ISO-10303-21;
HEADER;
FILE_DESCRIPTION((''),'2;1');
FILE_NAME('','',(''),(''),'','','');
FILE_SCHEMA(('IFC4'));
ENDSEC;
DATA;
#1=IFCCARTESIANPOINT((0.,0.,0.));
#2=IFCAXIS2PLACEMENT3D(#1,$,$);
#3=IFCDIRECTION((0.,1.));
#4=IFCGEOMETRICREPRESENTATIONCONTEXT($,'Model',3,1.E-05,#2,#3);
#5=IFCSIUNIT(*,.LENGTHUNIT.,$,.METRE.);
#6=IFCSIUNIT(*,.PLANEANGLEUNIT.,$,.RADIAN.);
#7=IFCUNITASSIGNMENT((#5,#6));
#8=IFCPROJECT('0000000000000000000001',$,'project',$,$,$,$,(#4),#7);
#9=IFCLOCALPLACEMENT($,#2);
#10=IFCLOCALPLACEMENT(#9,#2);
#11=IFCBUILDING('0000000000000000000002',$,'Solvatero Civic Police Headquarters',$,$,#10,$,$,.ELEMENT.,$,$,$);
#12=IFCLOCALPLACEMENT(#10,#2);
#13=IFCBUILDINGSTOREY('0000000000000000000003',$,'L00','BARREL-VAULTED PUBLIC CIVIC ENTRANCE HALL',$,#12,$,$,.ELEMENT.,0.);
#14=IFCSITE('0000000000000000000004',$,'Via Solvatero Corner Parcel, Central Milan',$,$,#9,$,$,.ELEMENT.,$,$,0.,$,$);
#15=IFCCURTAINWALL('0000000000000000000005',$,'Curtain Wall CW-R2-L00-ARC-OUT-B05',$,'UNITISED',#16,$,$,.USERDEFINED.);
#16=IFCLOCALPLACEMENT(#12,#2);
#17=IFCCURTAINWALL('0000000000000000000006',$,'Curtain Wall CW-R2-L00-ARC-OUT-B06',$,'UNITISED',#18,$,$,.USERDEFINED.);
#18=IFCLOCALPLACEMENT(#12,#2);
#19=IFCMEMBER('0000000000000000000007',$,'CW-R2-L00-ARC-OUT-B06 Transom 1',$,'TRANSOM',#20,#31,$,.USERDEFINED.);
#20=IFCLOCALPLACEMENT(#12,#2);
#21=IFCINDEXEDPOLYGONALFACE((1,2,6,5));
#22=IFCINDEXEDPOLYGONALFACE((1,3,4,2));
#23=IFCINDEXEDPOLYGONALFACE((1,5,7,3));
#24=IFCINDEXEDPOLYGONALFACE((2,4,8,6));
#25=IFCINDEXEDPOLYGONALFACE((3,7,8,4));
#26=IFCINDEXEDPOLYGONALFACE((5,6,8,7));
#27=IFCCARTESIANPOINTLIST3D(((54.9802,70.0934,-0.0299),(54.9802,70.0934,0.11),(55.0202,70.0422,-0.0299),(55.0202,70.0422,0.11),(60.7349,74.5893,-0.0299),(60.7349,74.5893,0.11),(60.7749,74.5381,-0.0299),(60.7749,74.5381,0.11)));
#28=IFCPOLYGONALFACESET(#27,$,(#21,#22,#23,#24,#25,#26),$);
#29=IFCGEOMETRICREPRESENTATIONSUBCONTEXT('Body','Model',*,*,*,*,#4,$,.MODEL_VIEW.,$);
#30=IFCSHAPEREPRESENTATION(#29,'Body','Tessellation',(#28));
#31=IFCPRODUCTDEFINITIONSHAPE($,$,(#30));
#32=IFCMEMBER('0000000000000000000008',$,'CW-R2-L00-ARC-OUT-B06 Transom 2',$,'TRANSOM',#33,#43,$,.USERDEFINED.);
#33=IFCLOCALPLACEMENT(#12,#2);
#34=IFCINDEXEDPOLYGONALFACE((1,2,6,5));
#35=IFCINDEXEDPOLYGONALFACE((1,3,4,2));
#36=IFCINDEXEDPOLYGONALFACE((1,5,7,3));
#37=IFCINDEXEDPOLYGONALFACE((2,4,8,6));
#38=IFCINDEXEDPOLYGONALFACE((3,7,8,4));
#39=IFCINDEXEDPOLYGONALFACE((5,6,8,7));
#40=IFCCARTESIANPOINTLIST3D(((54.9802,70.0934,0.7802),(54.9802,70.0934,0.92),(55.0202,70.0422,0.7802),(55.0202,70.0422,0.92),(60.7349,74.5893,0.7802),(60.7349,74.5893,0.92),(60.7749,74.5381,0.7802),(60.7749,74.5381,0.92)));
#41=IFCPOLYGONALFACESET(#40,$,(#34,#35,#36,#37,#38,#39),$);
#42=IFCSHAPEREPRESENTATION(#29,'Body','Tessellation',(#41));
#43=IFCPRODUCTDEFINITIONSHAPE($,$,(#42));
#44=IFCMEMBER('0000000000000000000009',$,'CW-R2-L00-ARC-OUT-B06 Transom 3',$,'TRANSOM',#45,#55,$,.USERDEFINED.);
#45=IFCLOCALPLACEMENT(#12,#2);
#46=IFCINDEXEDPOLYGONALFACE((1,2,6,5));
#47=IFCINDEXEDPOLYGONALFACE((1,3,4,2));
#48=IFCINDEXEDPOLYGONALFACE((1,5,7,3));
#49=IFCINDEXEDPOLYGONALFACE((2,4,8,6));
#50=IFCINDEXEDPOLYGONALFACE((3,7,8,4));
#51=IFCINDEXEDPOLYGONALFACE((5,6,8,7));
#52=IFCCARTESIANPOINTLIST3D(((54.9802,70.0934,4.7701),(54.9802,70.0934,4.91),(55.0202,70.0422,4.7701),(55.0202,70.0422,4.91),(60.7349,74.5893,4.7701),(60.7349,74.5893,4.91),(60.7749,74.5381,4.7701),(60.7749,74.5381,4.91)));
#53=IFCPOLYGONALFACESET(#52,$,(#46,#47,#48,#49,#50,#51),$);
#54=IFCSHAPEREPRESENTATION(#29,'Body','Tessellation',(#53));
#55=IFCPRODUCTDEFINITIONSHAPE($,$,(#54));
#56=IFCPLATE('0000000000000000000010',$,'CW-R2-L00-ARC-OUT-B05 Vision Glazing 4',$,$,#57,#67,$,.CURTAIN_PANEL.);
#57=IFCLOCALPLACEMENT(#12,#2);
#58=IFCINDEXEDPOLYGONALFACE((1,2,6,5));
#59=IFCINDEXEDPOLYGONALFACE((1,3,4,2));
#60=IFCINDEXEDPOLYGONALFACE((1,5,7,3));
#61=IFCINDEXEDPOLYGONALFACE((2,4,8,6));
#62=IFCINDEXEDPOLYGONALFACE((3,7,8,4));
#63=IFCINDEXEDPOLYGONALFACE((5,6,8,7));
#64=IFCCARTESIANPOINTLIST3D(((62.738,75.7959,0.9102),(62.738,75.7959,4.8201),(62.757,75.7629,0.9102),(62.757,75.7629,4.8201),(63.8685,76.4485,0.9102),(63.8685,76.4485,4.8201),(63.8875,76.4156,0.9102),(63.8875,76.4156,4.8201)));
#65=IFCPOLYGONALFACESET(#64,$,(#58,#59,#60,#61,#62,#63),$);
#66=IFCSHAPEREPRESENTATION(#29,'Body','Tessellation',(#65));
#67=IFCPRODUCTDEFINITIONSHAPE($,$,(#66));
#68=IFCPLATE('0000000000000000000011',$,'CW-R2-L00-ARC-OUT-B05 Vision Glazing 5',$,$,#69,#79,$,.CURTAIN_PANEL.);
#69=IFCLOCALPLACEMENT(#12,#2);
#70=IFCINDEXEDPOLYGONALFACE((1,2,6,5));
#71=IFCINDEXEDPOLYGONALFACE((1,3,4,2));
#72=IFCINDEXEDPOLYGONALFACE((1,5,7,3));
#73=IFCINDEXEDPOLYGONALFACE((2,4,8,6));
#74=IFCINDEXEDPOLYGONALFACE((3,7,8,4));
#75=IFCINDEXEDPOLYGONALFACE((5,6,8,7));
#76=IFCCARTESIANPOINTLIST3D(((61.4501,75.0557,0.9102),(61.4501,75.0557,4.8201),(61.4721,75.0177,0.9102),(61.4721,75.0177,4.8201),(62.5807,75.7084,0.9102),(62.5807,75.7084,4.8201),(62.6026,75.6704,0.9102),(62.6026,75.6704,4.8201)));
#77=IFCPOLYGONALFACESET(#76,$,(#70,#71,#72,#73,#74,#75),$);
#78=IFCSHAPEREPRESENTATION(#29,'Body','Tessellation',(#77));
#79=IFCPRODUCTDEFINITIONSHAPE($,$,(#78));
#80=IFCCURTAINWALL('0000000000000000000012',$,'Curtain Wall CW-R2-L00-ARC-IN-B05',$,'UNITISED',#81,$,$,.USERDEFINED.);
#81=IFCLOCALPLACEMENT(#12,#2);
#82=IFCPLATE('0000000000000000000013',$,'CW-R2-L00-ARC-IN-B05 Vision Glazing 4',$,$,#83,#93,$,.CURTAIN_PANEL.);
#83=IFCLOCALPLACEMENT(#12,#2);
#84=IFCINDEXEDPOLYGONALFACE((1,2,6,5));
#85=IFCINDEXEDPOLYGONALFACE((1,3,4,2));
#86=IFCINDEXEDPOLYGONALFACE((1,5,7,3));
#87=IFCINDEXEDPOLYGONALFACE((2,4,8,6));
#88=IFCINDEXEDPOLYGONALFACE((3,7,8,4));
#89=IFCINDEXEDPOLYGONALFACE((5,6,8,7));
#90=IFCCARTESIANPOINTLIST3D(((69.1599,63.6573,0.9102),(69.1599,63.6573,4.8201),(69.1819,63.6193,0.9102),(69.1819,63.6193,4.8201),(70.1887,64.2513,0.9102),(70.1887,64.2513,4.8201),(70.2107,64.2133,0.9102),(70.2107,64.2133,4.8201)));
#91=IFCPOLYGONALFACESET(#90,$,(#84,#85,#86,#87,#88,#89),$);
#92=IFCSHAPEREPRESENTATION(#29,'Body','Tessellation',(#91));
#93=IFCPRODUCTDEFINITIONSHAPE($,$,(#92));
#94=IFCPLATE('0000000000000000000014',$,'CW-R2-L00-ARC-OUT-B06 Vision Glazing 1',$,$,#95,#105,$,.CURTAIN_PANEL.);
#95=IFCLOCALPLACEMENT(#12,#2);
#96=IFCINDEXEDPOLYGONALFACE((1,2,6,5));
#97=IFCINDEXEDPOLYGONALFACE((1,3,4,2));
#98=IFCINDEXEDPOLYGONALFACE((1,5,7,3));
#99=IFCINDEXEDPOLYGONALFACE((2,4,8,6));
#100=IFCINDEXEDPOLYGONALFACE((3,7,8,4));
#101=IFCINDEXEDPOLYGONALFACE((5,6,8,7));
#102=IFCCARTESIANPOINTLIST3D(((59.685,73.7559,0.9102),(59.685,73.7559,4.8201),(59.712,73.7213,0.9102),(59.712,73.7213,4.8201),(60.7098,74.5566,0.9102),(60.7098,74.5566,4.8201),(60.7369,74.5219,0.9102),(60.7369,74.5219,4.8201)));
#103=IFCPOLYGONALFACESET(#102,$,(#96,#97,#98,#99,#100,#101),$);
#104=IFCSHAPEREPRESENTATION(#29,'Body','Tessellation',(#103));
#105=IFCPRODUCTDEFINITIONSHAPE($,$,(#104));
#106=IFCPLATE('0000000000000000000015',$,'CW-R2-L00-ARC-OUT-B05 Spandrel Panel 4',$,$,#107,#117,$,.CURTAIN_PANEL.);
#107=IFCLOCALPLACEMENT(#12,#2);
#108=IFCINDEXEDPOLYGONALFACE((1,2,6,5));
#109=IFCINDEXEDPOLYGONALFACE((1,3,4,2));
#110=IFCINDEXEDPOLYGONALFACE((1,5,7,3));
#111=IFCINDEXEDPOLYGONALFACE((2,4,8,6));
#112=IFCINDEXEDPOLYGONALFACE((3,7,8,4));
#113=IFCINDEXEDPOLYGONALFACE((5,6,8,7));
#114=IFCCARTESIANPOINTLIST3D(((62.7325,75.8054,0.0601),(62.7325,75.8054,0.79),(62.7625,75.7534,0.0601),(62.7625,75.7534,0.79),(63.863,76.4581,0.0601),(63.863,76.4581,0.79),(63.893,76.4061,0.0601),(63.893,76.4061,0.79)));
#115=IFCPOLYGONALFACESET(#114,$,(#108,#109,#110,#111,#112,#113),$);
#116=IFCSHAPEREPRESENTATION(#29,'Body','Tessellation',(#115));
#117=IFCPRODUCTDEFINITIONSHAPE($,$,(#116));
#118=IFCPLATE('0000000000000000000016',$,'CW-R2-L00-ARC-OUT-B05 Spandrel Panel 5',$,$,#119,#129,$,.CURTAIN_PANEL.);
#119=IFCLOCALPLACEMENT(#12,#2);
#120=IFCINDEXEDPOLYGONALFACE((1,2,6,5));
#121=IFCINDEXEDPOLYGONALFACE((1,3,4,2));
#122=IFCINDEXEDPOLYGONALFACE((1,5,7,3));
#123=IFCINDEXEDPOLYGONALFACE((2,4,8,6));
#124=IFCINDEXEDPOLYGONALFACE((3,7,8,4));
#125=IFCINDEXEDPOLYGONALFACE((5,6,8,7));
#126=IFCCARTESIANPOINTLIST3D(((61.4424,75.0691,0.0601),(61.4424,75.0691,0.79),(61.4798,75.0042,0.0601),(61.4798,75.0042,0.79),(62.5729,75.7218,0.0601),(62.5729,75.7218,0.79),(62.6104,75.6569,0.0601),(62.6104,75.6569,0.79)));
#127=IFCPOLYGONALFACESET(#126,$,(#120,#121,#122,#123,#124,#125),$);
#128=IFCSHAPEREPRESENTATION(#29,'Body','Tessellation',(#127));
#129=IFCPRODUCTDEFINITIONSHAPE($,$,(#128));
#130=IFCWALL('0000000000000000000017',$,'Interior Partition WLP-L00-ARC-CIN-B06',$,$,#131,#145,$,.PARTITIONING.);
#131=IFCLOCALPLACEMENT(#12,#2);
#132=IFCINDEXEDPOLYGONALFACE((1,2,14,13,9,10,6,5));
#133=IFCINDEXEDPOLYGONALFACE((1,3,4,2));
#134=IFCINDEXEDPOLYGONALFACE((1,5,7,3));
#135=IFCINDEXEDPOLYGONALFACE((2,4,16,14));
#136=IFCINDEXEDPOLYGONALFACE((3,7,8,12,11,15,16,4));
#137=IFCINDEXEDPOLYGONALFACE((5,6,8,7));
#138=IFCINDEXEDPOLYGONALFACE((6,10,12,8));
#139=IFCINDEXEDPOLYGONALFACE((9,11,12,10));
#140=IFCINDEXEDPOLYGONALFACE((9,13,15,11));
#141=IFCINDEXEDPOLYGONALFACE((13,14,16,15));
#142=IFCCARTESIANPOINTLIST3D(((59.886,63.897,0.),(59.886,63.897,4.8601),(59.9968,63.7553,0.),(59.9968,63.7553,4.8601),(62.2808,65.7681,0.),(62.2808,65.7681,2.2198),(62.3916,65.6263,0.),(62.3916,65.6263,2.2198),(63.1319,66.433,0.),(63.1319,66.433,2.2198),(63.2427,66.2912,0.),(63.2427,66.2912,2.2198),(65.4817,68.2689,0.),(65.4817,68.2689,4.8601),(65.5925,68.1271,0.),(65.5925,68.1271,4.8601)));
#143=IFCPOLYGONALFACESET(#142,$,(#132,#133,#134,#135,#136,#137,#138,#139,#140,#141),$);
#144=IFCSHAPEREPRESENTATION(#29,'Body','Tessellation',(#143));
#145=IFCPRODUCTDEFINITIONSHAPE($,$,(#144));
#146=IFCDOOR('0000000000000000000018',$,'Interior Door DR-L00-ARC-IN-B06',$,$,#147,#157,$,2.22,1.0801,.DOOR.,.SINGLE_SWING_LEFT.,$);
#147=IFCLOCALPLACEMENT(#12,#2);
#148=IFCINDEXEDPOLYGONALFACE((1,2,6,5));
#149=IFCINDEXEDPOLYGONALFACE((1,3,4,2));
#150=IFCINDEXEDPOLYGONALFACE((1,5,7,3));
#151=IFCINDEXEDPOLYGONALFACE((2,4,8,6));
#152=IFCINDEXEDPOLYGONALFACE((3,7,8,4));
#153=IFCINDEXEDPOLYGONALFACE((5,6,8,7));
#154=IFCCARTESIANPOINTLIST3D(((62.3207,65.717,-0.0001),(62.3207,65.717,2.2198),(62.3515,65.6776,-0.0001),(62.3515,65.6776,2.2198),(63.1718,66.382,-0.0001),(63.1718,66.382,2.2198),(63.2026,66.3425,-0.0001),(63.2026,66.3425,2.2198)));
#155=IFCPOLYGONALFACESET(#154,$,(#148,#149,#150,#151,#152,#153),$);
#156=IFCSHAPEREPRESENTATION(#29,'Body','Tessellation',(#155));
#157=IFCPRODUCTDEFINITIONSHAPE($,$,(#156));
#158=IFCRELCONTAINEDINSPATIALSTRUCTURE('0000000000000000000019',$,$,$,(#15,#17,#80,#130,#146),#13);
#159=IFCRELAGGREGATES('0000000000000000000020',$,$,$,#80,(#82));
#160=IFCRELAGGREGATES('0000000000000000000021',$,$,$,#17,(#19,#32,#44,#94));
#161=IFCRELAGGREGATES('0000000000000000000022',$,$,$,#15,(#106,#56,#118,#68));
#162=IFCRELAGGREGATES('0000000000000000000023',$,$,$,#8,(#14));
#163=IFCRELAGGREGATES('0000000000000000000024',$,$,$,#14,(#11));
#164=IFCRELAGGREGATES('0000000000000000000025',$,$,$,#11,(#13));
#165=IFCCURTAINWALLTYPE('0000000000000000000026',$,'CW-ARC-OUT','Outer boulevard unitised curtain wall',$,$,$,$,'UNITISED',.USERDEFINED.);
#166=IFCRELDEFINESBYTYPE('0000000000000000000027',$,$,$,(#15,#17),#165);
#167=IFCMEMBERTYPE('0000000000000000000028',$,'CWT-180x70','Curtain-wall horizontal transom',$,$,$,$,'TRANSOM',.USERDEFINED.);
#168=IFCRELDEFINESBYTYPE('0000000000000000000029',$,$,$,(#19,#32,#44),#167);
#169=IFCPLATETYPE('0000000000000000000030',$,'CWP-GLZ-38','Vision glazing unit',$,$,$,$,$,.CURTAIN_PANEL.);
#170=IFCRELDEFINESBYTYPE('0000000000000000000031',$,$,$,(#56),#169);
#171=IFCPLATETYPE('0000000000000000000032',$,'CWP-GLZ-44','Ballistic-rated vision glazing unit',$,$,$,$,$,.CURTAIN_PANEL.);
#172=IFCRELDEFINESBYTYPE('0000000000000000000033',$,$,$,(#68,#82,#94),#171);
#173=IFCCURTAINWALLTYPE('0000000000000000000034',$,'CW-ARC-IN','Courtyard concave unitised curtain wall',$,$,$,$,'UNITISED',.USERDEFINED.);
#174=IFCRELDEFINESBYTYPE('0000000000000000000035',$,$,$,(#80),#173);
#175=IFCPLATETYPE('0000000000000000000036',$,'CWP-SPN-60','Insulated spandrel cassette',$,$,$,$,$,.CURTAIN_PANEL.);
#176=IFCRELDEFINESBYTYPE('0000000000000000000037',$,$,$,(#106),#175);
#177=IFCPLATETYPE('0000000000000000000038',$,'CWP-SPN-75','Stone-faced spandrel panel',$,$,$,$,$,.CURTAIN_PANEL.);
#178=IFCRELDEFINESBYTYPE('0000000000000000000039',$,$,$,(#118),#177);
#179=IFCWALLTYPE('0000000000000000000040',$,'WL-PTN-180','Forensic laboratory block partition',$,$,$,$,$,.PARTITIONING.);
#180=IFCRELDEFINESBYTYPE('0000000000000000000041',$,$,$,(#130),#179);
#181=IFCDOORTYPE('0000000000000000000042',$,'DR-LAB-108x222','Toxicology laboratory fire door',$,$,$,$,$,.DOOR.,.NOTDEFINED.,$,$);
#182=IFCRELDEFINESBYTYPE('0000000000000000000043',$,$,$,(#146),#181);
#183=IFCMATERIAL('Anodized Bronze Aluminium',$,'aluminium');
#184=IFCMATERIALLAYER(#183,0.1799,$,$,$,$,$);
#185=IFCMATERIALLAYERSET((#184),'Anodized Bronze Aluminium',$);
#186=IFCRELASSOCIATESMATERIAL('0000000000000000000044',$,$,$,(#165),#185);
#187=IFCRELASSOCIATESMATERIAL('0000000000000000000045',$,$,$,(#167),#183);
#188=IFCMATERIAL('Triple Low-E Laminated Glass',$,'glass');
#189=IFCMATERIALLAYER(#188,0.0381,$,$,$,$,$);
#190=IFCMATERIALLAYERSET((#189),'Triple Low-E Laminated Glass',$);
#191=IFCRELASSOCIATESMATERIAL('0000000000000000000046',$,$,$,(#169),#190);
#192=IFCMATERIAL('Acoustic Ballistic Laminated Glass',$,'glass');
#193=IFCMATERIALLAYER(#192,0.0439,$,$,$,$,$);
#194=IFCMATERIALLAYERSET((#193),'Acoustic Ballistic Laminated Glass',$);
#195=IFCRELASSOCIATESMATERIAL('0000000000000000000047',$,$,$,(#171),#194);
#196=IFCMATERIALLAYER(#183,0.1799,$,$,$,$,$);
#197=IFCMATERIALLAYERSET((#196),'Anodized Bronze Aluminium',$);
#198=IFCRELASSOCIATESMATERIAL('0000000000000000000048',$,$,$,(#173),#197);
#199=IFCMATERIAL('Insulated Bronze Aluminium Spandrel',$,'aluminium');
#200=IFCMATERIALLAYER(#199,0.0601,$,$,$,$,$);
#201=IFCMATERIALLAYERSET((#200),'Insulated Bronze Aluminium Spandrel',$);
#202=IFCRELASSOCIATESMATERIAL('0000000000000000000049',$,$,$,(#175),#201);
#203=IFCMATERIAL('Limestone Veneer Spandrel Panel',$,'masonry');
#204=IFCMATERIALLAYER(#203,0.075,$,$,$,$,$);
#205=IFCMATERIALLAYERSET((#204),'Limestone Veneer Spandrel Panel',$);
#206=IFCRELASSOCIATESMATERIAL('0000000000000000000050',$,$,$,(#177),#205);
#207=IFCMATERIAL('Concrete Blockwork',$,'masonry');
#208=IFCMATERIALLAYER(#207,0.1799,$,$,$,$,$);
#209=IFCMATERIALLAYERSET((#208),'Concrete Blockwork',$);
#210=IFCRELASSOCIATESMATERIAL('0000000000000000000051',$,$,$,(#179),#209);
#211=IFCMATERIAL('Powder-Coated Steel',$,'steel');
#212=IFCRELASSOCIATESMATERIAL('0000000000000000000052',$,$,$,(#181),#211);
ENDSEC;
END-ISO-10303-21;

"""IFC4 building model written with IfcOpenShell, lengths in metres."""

from ifc_helpers import new_model, si_unit, direction, frame, frame_2d, origin, origin_2d, place, context, subcontext, project, spatial, rectangle, extrude, material, layer, layer_set, material_profile, profile_set, type_object, element, fill, aggregate, save


model = new_model("IFC4")

# Units and contexts
model_context = context("Model", 3, precision=1e-05, world=origin(), true_north=direction((0.0, 1.0)))
body_context = subcontext(model_context, "Body", "Model", "MODEL_VIEW")
ifc_project = project(units=[si_unit("LENGTHUNIT", "METRE"), si_unit("PLANEANGLEUNIT", "RADIAN")], contexts=[model_context])

# Site, building, storey
site_placement = place(None, origin())
site = spatial("IfcSite", under=ifc_project, at=site_placement, Name="Via Solvatero Corner Parcel, Central Milan", CompositionType="ELEMENT", RefElevation=0.0)
building_placement = place(site_placement, origin())
building = spatial("IfcBuilding", under=site, at=building_placement, Name="Solvatero Civic Police Headquarters", CompositionType="ELEMENT")
storey_placement = place(building_placement, origin())
storey = spatial("IfcBuildingStorey", under=building, at=storey_placement, Name="L00", Description="BARREL-VAULTED PUBLIC CIVIC ENTRANCE HALL", CompositionType="ELEMENT", Elevation=0.0)

# Curtain walls, members
ifc_material_1 = material(Name="Anodized Bronze Aluminium", Category="aluminium")
ifc_layer_1 = layer(ifc_material_1, 0.1799)
ifc_layer_set_1 = layer_set([ifc_layer_1], Name="Anodized Bronze Aluminium")
curtain_wall_type_1 = type_object("IfcCurtainWallType", Name="CW-ARC-OUT", Description="Outer boulevard unitised curtain wall", ElementType="UNITISED", PredefinedType="USERDEFINED", material=ifc_layer_set_1)
curtain_wall_1_placement = place(storey_placement, origin())
curtain_wall_1 = element("IfcCurtainWall", 1, at=curtain_wall_1_placement, inside=storey, type_object=curtain_wall_type_1, Name="Curtain Wall CW-R2-L00-ARC-OUT-B05", ObjectType="UNITISED", PredefinedType="USERDEFINED")
curtain_wall_2_placement = place(storey_placement, origin())
curtain_wall_2 = element("IfcCurtainWall", 2, at=curtain_wall_2_placement, inside=storey, type_object=curtain_wall_type_1, Name="Curtain Wall CW-R2-L00-ARC-OUT-B06", ObjectType="UNITISED", PredefinedType="USERDEFINED")
ifc_material_profile_1 = material_profile(ifc_material_1, rectangle(XDim=0.0649, YDim=0.1399, at=origin_2d()), Name="ALU TRANSOM 65x140")
ifc_profile_set_1 = profile_set([ifc_material_profile_1], Name="Anodized Bronze Aluminium")
member_type_1 = type_object("IfcMemberType", Name="CWT-180x70", Description="Curtain-wall horizontal transom", ElementType="TRANSOM", PredefinedType="USERDEFINED", material=ifc_profile_set_1)
member_1_placement = place(storey_placement, frame((60.7549, 74.5637, 0.04), z_axis=(-0.788022, -0.615647, 0.0), x_axis=(0.615647, -0.788022, 0.0)))
member_1 = element("IfcMember", 3, at=member_1_placement, type_object=member_type_1, Name="CW-R2-L00-ARC-OUT-B06 Transom 1", ObjectType="TRANSOM", PredefinedType="USERDEFINED", context=body_context, shape_type="SweptSolid", body=[
    extrude(rectangle(XDim=0.0649, YDim=0.1399, at=origin_2d()), origin(), (0.0, 0.0, 1.0), 7.3027),
])
member_2_placement = place(storey_placement, frame((60.7549, 74.5637, 0.8501), z_axis=(-0.788022, -0.615647, 0.0), x_axis=(0.615647, -0.788022, 0.0)))
member_2 = element("IfcMember", 4, at=member_2_placement, type_object=member_type_1, Name="CW-R2-L00-ARC-OUT-B06 Transom 2", ObjectType="TRANSOM", PredefinedType="USERDEFINED", context=body_context, shape_type="SweptSolid", body=[
    extrude(rectangle(XDim=0.0649, YDim=0.1399, at=origin_2d()), origin(), (0.0, 0.0, 1.0), 7.3027),
])
member_3_placement = place(storey_placement, frame((60.7549, 74.5637, 4.8401), z_axis=(-0.788022, -0.615647, 0.0), x_axis=(0.615647, -0.788022, 0.0)))
member_3 = element("IfcMember", 5, at=member_3_placement, type_object=member_type_1, Name="CW-R2-L00-ARC-OUT-B06 Transom 3", ObjectType="TRANSOM", PredefinedType="USERDEFINED", context=body_context, shape_type="SweptSolid", body=[
    extrude(rectangle(XDim=0.0649, YDim=0.1399, at=origin_2d()), origin(), (0.0, 0.0, 1.0), 7.3027),
])

# Plates
ifc_material_2 = material(Name="Triple Low-E Laminated Glass", Category="glass")
ifc_layer_2 = layer(ifc_material_2, 0.0381)
ifc_layer_set_2 = layer_set([ifc_layer_2], Name="Triple Low-E Laminated Glass")
plate_type_1 = type_object("IfcPlateType", Name="CWP-GLZ-38", Description="Vision glazing unit", PredefinedType="CURTAIN_PANEL", material=ifc_layer_set_2)
plate_1_placement = place(storey_placement, frame((63.3127, 76.1057, 0.9102), z_axis=(0.0, 0.0, 1.0), x_axis=(-0.866034, -0.499985, 0.0)))
plate_1 = element("IfcPlate", 6, at=plate_1_placement, type_object=plate_type_1, Name="CW-R2-L00-ARC-OUT-B05 Vision Glazing 4", PredefinedType="CURTAIN_PANEL", context=body_context, shape_type="SweptSolid", body=[
    extrude(rectangle(XDim=1.3054, YDim=0.0381, at=origin_2d()), origin(), (0.0, 0.0, 1.0), 3.9099),
])
ifc_material_3 = material(Name="Acoustic Ballistic Laminated Glass", Category="glass")
ifc_layer_3 = layer(ifc_material_3, 0.0439)
ifc_layer_set_3 = layer_set([ifc_layer_3], Name="Acoustic Ballistic Laminated Glass")
plate_type_2 = type_object("IfcPlateType", Name="CWP-GLZ-44", Description="Ballistic-rated vision glazing unit", PredefinedType="CURTAIN_PANEL", material=ifc_layer_set_3)
plate_2_placement = place(storey_placement, frame((62.0264, 75.363, 0.9102), z_axis=(0.0, 0.0, 1.0), x_axis=(-0.866034, -0.499985, 0.0)))
plate_2 = element("IfcPlate", 7, at=plate_2_placement, type_object=plate_type_2, Name="CW-R2-L00-ARC-OUT-B05 Vision Glazing 5", PredefinedType="CURTAIN_PANEL", context=body_context, shape_type="SweptSolid", body=[
    extrude(rectangle(XDim=1.3054, YDim=0.0439, at=origin_2d()), origin(), (0.0, 0.0, 1.0), 3.9099),
])

# Curtain wall, plate
ifc_layer_4 = layer(ifc_material_1, 0.1799)
ifc_layer_set_4 = layer_set([ifc_layer_4], Name="Anodized Bronze Aluminium")
curtain_wall_type_2 = type_object("IfcCurtainWallType", Name="CW-ARC-IN", Description="Courtyard concave unitised curtain wall", ElementType="UNITISED", PredefinedType="USERDEFINED", material=ifc_layer_set_4)
curtain_wall_3_placement = place(storey_placement, origin())
curtain_wall_3 = element("IfcCurtainWall", 8, at=curtain_wall_3_placement, inside=storey, type_object=curtain_wall_type_2, Name="Curtain Wall CW-R2-L00-ARC-IN-B05", ObjectType="UNITISED", PredefinedType="USERDEFINED")
plate_3_placement = place(storey_placement, frame((69.6853, 63.9353, 0.9102), z_axis=(0.0, 0.0, 1.0), x_axis=(-0.866025, -0.5, 0.0)))
plate_3 = element("IfcPlate", 9, at=plate_3_placement, type_object=plate_type_2, Name="CW-R2-L00-ARC-IN-B05 Vision Glazing 4", PredefinedType="CURTAIN_PANEL", context=body_context, shape_type="SweptSolid", body=[
    extrude(rectangle(XDim=1.188, YDim=0.0439, at=origin_2d()), origin(), (0.0, 0.0, 1.0), 3.9099),
])
aggregate(curtain_wall_3, [plate_3])

# Plates
plate_4_placement = place(storey_placement, frame((60.2109, 74.1389, 0.9102), z_axis=(0.0, 0.0, 1.0), x_axis=(-0.788011, -0.615661, 0.0)))
plate_4 = element("IfcPlate", 10, at=plate_4_placement, type_object=plate_type_2, Name="CW-R2-L00-ARC-OUT-B06 Vision Glazing 1", PredefinedType="CURTAIN_PANEL", context=body_context, shape_type="SweptSolid", body=[
    extrude(rectangle(XDim=1.3005, YDim=0.0439, at=origin_2d()), origin(), (0.0, 0.0, 1.0), 3.9099),
])
aggregate(curtain_wall_2, [member_1, member_2, member_3, plate_4])
ifc_material_4 = material(Name="Insulated Bronze Aluminium Spandrel", Category="aluminium")
ifc_layer_5 = layer(ifc_material_4, 0.0601)
ifc_layer_set_5 = layer_set([ifc_layer_5], Name="Insulated Bronze Aluminium Spandrel")
plate_type_3 = type_object("IfcPlateType", Name="CWP-SPN-60", Description="Insulated spandrel cassette", PredefinedType="CURTAIN_PANEL", material=ifc_layer_set_5)
plate_5_placement = place(storey_placement, frame((63.3127, 76.1057, 0.0601), z_axis=(0.0, 0.0, 1.0), x_axis=(-0.866034, -0.499985, 0.0)))
plate_5 = element("IfcPlate", 11, at=plate_5_placement, type_object=plate_type_3, Name="CW-R2-L00-ARC-OUT-B05 Spandrel Panel 4", PredefinedType="CURTAIN_PANEL", context=body_context, shape_type="SweptSolid", body=[
    extrude(rectangle(XDim=1.3054, YDim=0.0601, at=origin_2d()), origin(), (0.0, 0.0, 1.0), 0.73),
])
ifc_material_5 = material(Name="Limestone Veneer Spandrel Panel", Category="masonry")
ifc_layer_6 = layer(ifc_material_5, 0.075)
ifc_layer_set_6 = layer_set([ifc_layer_6], Name="Limestone Veneer Spandrel Panel")
plate_type_4 = type_object("IfcPlateType", Name="CWP-SPN-75", Description="Stone-faced spandrel panel", PredefinedType="CURTAIN_PANEL", material=ifc_layer_set_6)
plate_6_placement = place(storey_placement, frame((62.0264, 75.363, 0.0601), z_axis=(0.0, 0.0, 1.0), x_axis=(-0.866034, -0.499985, 0.0)))
plate_6 = element("IfcPlate", 12, at=plate_6_placement, type_object=plate_type_4, Name="CW-R2-L00-ARC-OUT-B05 Spandrel Panel 5", PredefinedType="CURTAIN_PANEL", context=body_context, shape_type="SweptSolid", body=[
    extrude(rectangle(XDim=1.3054, YDim=0.075, at=origin_2d()), origin(), (0.0, 0.0, 1.0), 0.73),
])
aggregate(curtain_wall_1, [plate_5, plate_1, plate_6, plate_2])

# Wall, opening, door
ifc_material_6 = material(Name="Concrete Blockwork", Category="masonry")
ifc_layer_7 = layer(ifc_material_6, 0.1799)
ifc_layer_set_7 = layer_set([ifc_layer_7], Name="Concrete Blockwork")
wall_type = type_object("IfcWallType", Name="WL-PTN-180", Description="Forensic laboratory block partition", PredefinedType="PARTITIONING", material=ifc_layer_set_7)
wall_1_placement = place(storey_placement, frame((65.5371, 68.198, 0.0), z_axis=(0.0, 0.0, 1.0), x_axis=(-0.788012, -0.61566, 0.0)))
wall_1 = element("IfcWall", 13, at=wall_1_placement, inside=storey, type_object=wall_type, Name="Interior Partition WLP-L00-ARC-CIN-B06", PredefinedType="PARTITIONING", context=body_context, shape_type="SweptSolid", body=[
    extrude(rectangle(XDim=7.1011, YDim=0.1799, at=frame_2d((3.5505, 0.0))), origin(), (0.0, 0.0, 1.0), 4.8601),
])
opening_1_placement = place(wall_1_placement, frame((2.9819, 0.0, 0.0)))
opening_1 = element("IfcOpeningElement", 14, at=opening_1_placement, cuts=wall_1, PredefinedType="OPENING", context=body_context, shape_type="SweptSolid", body=[
    extrude(rectangle(XDim=1.0801, YDim=2.22, at=frame_2d((0.54, 1.1099))), frame((0.0, 0.0999, 0.0), z_axis=(0.0, -1.0, 0.0), x_axis=(1.0, 0.0, 0.0)), (0.0, 0.0, 1.0), 0.2),
])
ifc_material_7 = material(Name="Powder-Coated Steel", Category="steel")
door_type = type_object("IfcDoorType", Name="DR-LAB-108x222", Description="Toxicology laboratory fire door", OperationType="NOTDEFINED", PredefinedType="DOOR", material=ifc_material_7)
door_1_placement = place(opening_1_placement, origin())
door_1 = element("IfcDoor", 15, at=door_1_placement, inside=storey, type_object=door_type, Name="Interior Door DR-L00-ARC-IN-B06", OperationType="SINGLE_SWING_LEFT", OverallHeight=2.22, OverallWidth=1.0801, PredefinedType="DOOR", context=body_context, shape_type="SweptSolid", body=[
    extrude(rectangle(XDim=1.0801, YDim=2.22, at=frame_2d((0.54, 1.1099))), frame((0.0, 0.0249, 0.0), z_axis=(0.0, -1.0, 0.0), x_axis=(1.0, 0.0, 0.0)), (0.0, 0.0, 1.0), 0.05),
])
fill(opening_1, door_1)

save(model, "model.ifc")
